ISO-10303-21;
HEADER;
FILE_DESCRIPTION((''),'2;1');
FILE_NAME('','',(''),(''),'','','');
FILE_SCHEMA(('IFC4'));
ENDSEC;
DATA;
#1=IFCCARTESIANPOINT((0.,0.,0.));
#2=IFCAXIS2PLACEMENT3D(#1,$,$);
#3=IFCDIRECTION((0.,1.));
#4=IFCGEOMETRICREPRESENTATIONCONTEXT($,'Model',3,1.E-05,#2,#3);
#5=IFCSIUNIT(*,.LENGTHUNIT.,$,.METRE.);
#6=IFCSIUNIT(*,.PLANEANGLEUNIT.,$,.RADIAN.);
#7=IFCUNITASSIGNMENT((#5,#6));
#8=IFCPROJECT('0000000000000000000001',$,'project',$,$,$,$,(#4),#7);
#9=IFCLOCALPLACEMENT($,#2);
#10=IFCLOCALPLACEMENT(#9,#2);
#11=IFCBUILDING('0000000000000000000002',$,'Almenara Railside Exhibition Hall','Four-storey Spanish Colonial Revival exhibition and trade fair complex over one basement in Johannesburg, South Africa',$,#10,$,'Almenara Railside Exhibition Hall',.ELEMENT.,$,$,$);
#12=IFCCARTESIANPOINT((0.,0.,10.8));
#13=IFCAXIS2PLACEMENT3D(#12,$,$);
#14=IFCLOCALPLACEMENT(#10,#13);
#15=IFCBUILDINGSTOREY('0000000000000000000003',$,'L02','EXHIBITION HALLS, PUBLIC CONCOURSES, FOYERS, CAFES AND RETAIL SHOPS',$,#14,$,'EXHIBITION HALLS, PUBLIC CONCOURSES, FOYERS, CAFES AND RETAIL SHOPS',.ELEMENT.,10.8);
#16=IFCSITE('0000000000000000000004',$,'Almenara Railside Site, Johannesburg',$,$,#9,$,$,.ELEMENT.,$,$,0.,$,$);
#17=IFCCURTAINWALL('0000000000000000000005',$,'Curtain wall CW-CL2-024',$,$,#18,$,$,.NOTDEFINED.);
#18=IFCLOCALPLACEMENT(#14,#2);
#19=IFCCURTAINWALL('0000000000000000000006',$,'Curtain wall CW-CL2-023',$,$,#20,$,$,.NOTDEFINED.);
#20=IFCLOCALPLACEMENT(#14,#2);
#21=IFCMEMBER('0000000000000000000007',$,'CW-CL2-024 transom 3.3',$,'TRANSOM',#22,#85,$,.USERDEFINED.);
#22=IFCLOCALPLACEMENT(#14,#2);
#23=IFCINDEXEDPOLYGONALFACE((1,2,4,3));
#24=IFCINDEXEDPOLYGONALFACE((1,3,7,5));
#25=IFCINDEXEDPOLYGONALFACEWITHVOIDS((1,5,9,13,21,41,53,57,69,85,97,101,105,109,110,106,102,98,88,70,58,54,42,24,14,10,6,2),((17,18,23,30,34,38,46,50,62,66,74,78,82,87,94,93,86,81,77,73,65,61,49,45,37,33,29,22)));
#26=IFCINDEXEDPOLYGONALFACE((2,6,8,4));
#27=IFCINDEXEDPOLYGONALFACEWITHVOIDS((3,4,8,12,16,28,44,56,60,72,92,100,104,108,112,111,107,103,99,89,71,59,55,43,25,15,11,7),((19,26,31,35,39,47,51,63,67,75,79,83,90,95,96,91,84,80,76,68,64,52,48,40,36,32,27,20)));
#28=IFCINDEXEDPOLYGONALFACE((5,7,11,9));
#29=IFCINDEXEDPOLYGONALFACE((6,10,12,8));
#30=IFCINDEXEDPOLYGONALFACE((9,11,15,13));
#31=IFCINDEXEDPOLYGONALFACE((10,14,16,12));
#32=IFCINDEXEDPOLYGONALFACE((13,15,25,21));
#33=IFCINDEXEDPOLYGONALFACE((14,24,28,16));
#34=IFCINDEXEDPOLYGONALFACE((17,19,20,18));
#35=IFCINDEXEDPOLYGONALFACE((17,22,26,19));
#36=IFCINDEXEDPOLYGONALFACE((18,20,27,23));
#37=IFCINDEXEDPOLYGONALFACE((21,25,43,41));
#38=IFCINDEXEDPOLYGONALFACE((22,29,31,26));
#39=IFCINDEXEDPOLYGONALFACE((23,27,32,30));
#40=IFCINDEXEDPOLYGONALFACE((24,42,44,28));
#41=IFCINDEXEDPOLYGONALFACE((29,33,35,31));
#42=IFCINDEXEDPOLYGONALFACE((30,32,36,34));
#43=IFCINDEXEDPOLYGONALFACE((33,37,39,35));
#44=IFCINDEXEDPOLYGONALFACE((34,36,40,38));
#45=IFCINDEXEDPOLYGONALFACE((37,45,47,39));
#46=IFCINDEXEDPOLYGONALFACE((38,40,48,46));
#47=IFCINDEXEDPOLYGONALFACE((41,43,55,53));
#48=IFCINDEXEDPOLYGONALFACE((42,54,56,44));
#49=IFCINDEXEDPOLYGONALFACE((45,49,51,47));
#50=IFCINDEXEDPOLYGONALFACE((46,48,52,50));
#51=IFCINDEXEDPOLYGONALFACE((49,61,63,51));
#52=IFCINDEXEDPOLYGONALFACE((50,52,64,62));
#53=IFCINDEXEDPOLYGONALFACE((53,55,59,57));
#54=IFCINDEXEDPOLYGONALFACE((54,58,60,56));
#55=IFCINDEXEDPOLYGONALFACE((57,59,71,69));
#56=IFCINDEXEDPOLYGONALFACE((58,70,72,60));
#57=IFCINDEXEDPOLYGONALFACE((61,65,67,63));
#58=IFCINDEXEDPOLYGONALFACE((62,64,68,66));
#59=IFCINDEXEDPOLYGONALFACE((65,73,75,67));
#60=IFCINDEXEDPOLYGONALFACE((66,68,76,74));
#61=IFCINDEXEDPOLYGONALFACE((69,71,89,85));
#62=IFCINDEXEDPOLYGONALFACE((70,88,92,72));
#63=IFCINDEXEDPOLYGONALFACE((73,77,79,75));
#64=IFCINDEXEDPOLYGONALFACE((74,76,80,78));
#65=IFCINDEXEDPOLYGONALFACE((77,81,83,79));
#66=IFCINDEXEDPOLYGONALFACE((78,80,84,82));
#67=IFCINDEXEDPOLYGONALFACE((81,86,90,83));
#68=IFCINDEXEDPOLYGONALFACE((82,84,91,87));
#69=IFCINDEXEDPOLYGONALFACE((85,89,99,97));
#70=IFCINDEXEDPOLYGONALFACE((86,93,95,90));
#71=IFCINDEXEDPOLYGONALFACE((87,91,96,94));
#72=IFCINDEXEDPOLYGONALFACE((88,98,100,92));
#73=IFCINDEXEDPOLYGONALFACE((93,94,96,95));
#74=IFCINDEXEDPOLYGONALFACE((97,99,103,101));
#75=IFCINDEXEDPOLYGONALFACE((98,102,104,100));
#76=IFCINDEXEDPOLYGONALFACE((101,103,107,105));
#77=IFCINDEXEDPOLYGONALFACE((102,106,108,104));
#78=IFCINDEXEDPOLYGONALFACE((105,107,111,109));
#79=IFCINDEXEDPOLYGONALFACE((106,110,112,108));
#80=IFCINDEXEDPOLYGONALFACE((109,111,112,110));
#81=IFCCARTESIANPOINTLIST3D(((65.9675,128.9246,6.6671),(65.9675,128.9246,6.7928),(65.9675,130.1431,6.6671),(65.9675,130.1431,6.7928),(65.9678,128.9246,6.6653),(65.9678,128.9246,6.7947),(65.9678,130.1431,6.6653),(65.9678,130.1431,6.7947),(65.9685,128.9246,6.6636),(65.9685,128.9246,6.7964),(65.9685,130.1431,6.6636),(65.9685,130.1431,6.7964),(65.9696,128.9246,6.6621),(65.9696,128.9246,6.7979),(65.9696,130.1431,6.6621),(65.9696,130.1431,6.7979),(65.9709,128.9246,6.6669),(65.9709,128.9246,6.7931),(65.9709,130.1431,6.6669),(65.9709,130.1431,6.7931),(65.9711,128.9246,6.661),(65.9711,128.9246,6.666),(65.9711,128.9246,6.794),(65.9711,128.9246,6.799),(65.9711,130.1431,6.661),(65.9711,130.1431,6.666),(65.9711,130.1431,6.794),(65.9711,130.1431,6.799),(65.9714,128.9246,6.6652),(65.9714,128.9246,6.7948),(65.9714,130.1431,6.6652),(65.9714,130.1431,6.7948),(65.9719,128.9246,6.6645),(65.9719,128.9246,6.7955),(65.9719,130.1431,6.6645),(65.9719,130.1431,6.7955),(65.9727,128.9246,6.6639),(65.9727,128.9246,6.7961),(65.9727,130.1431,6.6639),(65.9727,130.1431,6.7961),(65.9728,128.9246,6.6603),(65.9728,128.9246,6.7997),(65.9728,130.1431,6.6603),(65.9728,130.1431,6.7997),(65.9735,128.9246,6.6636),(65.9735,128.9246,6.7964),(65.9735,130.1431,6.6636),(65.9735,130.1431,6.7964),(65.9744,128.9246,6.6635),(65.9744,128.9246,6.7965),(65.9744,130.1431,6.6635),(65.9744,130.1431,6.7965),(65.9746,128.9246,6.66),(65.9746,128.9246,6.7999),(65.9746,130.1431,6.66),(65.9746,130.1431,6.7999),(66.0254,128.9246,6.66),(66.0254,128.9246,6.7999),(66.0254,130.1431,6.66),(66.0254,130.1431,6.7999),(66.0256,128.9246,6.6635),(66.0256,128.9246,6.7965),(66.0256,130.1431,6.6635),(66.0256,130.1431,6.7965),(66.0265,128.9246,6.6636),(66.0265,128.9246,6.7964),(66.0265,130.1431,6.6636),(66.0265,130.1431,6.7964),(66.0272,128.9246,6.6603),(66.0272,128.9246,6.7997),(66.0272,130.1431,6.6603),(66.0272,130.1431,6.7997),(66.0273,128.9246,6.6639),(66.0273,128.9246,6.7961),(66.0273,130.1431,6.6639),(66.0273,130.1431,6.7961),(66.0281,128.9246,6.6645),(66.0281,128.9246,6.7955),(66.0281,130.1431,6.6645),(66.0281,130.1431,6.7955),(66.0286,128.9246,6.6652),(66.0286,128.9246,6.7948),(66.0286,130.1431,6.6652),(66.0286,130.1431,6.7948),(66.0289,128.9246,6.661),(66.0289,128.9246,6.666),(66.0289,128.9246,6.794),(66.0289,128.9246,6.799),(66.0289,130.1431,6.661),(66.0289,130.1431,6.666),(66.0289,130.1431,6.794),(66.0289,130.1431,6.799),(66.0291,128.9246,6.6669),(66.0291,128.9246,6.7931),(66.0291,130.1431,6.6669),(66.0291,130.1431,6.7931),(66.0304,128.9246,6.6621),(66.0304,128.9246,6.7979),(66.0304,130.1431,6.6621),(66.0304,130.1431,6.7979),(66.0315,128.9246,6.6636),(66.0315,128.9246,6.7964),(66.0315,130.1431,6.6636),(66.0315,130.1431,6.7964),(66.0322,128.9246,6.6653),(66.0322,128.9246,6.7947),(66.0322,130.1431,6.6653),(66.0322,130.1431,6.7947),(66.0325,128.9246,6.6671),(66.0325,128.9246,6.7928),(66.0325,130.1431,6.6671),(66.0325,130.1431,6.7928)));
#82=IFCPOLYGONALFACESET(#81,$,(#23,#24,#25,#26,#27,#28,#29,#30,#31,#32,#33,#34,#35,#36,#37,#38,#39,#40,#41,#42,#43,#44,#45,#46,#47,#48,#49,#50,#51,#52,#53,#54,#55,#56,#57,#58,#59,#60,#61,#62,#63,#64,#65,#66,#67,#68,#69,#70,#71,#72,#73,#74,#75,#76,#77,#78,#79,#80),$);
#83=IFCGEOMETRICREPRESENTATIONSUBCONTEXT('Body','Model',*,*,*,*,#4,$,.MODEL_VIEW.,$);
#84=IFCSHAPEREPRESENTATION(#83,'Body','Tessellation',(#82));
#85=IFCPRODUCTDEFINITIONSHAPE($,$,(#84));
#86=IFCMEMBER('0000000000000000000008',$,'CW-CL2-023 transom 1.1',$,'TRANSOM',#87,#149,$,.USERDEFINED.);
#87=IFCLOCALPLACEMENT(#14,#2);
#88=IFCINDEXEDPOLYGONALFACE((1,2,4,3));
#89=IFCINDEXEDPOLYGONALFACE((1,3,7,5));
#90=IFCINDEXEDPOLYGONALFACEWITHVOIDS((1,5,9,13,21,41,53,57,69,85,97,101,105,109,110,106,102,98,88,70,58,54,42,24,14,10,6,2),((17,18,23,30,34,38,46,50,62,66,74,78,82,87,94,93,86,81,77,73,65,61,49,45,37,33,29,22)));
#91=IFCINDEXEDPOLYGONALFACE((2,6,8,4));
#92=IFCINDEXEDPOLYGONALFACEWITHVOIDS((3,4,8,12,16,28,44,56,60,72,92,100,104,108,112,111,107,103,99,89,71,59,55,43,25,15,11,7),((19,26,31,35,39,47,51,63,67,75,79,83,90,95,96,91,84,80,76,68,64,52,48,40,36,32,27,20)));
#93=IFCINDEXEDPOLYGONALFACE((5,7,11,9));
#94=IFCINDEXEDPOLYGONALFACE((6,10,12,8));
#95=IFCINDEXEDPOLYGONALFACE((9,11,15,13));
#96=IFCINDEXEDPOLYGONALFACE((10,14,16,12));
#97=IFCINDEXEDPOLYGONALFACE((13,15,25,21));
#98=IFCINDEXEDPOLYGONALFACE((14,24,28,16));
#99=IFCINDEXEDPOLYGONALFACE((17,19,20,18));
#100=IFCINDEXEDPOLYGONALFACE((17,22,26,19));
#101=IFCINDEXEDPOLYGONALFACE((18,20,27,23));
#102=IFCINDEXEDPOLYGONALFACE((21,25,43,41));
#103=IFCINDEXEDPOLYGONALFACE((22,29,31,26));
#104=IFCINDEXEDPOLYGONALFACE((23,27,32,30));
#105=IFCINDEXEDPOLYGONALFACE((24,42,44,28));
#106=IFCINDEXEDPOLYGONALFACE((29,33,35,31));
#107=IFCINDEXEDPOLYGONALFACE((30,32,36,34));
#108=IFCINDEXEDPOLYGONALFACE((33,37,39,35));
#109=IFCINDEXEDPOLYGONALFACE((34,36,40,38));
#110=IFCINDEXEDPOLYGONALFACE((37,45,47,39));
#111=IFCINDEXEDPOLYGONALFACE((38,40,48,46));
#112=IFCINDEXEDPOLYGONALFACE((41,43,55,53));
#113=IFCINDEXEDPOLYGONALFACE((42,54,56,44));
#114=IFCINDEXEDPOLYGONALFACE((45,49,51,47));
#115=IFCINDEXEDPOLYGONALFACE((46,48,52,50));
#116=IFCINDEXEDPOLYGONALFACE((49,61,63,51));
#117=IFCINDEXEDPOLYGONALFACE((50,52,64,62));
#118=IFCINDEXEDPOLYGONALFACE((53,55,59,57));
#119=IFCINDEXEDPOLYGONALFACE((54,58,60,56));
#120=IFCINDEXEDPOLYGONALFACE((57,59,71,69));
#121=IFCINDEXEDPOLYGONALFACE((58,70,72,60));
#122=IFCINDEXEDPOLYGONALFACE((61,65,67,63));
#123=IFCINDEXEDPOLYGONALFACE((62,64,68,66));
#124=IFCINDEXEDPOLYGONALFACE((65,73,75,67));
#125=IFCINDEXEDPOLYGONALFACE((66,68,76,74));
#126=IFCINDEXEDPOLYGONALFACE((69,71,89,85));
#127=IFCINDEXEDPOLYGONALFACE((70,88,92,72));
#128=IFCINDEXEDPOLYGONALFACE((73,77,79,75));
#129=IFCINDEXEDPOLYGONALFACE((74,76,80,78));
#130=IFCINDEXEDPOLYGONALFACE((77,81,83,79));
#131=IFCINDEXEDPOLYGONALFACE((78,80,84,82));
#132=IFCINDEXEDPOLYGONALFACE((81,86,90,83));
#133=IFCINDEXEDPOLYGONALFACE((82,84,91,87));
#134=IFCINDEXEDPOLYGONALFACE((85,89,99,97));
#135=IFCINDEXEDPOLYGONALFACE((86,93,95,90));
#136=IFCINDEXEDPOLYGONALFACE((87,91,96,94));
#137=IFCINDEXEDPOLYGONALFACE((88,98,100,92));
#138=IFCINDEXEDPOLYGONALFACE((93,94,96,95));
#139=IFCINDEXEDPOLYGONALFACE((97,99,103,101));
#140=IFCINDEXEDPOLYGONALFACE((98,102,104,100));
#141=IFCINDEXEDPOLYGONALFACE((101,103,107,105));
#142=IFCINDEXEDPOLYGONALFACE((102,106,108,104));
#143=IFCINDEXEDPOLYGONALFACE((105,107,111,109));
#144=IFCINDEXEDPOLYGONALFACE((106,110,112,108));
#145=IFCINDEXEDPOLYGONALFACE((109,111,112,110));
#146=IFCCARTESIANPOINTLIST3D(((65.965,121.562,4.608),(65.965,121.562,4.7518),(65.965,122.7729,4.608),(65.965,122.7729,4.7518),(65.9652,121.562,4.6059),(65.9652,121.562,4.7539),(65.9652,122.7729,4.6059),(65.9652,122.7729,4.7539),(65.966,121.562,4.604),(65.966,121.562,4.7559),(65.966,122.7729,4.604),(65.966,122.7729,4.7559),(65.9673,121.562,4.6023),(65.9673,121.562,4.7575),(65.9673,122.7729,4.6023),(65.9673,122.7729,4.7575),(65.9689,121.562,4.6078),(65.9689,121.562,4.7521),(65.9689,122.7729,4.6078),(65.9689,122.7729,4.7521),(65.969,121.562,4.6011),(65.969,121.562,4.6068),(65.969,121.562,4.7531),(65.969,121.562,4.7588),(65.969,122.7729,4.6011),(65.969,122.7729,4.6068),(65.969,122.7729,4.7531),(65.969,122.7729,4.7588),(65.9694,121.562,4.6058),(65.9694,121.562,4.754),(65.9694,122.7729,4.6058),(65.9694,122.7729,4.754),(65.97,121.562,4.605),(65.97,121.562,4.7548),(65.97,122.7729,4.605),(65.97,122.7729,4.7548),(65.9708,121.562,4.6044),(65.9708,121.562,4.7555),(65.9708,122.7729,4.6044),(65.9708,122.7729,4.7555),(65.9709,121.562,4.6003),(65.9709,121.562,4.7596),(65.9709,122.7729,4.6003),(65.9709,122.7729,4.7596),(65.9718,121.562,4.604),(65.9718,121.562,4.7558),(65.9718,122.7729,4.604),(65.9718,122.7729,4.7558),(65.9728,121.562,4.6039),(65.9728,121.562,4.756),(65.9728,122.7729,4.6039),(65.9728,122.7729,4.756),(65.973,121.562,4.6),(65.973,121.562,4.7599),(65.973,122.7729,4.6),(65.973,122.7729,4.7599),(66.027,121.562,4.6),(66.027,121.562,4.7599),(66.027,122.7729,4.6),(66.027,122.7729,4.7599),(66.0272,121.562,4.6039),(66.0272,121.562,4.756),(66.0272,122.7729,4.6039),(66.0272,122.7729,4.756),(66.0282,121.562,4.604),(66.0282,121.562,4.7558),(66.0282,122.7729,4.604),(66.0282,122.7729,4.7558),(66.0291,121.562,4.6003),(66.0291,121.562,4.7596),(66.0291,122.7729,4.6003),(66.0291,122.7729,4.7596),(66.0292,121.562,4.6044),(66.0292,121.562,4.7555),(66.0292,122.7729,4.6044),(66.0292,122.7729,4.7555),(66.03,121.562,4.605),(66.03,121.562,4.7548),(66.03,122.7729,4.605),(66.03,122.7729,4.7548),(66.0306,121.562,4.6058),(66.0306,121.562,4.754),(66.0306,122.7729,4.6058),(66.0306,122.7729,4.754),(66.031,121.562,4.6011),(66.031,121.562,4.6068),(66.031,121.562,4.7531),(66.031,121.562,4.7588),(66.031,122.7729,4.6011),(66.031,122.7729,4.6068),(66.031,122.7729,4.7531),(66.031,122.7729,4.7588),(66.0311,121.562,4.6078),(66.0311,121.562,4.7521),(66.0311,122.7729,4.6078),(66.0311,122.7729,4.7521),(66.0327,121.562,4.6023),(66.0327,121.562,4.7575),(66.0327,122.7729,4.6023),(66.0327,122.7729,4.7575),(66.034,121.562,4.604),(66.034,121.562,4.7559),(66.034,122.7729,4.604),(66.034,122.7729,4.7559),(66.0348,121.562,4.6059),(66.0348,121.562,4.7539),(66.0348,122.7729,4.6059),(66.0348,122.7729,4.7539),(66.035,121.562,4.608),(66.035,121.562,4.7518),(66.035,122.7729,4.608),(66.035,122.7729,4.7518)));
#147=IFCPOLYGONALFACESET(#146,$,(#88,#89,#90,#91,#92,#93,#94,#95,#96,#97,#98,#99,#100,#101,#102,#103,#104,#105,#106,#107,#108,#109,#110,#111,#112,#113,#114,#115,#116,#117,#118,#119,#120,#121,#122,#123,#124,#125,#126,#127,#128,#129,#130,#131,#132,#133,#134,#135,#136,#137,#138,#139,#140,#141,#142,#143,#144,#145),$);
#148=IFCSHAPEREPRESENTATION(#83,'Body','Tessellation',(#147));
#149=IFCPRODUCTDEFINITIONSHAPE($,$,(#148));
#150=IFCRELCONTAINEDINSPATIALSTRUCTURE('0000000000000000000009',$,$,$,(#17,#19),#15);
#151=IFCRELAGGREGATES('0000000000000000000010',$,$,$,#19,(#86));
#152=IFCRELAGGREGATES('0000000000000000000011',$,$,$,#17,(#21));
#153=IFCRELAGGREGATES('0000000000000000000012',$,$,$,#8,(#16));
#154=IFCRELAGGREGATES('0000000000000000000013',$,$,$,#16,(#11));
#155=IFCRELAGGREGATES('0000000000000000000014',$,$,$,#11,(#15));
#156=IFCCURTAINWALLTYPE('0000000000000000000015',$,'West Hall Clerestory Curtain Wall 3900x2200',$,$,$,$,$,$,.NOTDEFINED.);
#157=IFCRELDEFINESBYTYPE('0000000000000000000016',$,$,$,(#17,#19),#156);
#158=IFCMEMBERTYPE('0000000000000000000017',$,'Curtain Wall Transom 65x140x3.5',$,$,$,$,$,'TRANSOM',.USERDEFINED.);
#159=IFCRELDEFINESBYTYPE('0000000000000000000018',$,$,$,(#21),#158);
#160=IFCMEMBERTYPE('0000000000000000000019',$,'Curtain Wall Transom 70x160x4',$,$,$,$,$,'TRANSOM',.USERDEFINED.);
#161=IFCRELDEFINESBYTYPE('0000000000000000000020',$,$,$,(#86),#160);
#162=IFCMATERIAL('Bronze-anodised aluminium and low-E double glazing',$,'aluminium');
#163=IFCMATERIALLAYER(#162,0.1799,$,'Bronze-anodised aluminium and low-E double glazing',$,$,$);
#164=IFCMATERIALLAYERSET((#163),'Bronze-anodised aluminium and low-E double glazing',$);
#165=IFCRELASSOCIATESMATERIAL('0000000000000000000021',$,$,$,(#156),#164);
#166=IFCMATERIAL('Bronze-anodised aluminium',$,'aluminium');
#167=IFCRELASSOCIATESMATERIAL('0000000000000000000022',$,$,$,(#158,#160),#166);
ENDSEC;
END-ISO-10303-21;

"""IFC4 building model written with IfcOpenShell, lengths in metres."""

from ifc_helpers import new_model, si_unit, direction, frame, origin, origin_2d, place, context, subcontext, project, spatial, hollow_rectangle, extrude, material, layer, layer_set, material_profile, profile_set, type_object, element, aggregate, save


model = new_model("IFC4")

# Units and contexts
model_context = context("Model", 3, precision=1e-05, world=origin(), true_north=direction((0.0, 1.0)))
body_context = subcontext(model_context, "Body", "Model", "MODEL_VIEW")
ifc_project = project(units=[si_unit("LENGTHUNIT", "METRE"), si_unit("PLANEANGLEUNIT", "RADIAN")], contexts=[model_context])

# Site, building, storey
site_placement = place(None, origin())
site = spatial("IfcSite", under=ifc_project, at=site_placement, Name="Almenara Railside Site, Johannesburg", CompositionType="ELEMENT", RefElevation=0.0)
building_placement = place(site_placement, origin())
building = spatial("IfcBuilding", under=site, at=building_placement, Name="Almenara Railside Exhibition Hall", Description="Four-storey Spanish Colonial Revival exhibition and trade fair complex over one basement in Johannesburg, South Africa", LongName="Almenara Railside Exhibition Hall", CompositionType="ELEMENT")
storey_placement = place(building_placement, frame((0.0, 0.0, 10.8)))
storey = spatial("IfcBuildingStorey", under=building, at=storey_placement, Name="L02", Description="EXHIBITION HALLS, PUBLIC CONCOURSES, FOYERS, CAFES AND RETAIL SHOPS", LongName="EXHIBITION HALLS, PUBLIC CONCOURSES, FOYERS, CAFES AND RETAIL SHOPS", CompositionType="ELEMENT", Elevation=10.8)

# Curtain walls
ifc_material_1 = material(Name="Bronze-anodised aluminium and low-E double glazing", Category="aluminium")
ifc_layer_1 = layer(ifc_material_1, 0.1799, Name="Bronze-anodised aluminium and low-E double glazing")
ifc_layer_set_1 = layer_set([ifc_layer_1], Name="Bronze-anodised aluminium and low-E double glazing")
curtain_wall_type = type_object("IfcCurtainWallType", Name="West Hall Clerestory Curtain Wall 3900x2200", PredefinedType="NOTDEFINED", material=ifc_layer_set_1)
curtain_wall_1_placement = place(storey_placement, origin())
curtain_wall_1 = element("IfcCurtainWall", 1, at=curtain_wall_1_placement, inside=storey, type_object=curtain_wall_type, Name="Curtain wall CW-CL2-024", PredefinedType="NOTDEFINED")
ifc_material_2 = material(Name="Bronze-anodised aluminium", Category="aluminium")
curtain_wall_2_placement = place(storey_placement, origin())
curtain_wall_2 = element("IfcCurtainWall", 2, at=curtain_wall_2_placement, inside=storey, type_object=curtain_wall_type, Name="Curtain wall CW-CL2-023", PredefinedType="NOTDEFINED")

# Members
ifc_material_profile_1 = material_profile(ifc_material_2, hollow_rectangle(XDim=0.0649, YDim=0.1399, WallThickness=0.0034, InnerFilletRadius=0.0034, OuterFilletRadius=0.0071, at=origin_2d()), Name="ALU-TRN 65x140x3.5")
ifc_profile_set_1 = profile_set([ifc_material_profile_1], Name="Bronze-anodised aluminium")
member_type_1 = type_object("IfcMemberType", Name="Curtain Wall Transom 65x140x3.5", ElementType="TRANSOM", PredefinedType="USERDEFINED", material=ifc_profile_set_1)
member_1_placement = place(storey_placement, frame((66.0, 128.9246, 6.73), z_axis=(0.0, 1.0, 0.0), x_axis=(-1.0, 0.0, 0.0)))
member_1 = element("IfcMember", 3, at=member_1_placement, type_object=member_type_1, Name="CW-CL2-024 transom 3.3", ObjectType="TRANSOM", PredefinedType="USERDEFINED", context=body_context, shape_type="SweptSolid", body=[
    extrude(hollow_rectangle(XDim=0.0649, YDim=0.1399, WallThickness=0.0034, InnerFilletRadius=0.0034, OuterFilletRadius=0.0071, at=origin_2d()), origin(), (0.0, 0.0, 1.0), 1.2185),
])
ifc_material_profile_2 = material_profile(ifc_material_2, hollow_rectangle(XDim=0.0701, YDim=0.1599, WallThickness=0.0039, InnerFilletRadius=0.0039, OuterFilletRadius=0.0081, at=origin_2d()), Name="ALU-TRN 70x160x4")
ifc_profile_set_2 = profile_set([ifc_material_profile_2], Name="Bronze-anodised aluminium")
member_type_2 = type_object("IfcMemberType", Name="Curtain Wall Transom 70x160x4", ElementType="TRANSOM", PredefinedType="USERDEFINED", material=ifc_profile_set_2)
member_2_placement = place(storey_placement, frame((66.0, 121.562, 4.6799), z_axis=(0.0, 1.0, 0.0), x_axis=(-1.0, 0.0, 0.0)))
member_2 = element("IfcMember", 4, at=member_2_placement, type_object=member_type_2, Name="CW-CL2-023 transom 1.1", ObjectType="TRANSOM", PredefinedType="USERDEFINED", context=body_context, shape_type="SweptSolid", body=[
    extrude(hollow_rectangle(XDim=0.0701, YDim=0.1599, WallThickness=0.0039, InnerFilletRadius=0.0039, OuterFilletRadius=0.0081, at=origin_2d()), origin(), (0.0, 0.0, 1.0), 1.2109),
])

aggregate(curtain_wall_2, [member_2])
aggregate(curtain_wall_1, [member_1])

save(model, "model.ifc")
